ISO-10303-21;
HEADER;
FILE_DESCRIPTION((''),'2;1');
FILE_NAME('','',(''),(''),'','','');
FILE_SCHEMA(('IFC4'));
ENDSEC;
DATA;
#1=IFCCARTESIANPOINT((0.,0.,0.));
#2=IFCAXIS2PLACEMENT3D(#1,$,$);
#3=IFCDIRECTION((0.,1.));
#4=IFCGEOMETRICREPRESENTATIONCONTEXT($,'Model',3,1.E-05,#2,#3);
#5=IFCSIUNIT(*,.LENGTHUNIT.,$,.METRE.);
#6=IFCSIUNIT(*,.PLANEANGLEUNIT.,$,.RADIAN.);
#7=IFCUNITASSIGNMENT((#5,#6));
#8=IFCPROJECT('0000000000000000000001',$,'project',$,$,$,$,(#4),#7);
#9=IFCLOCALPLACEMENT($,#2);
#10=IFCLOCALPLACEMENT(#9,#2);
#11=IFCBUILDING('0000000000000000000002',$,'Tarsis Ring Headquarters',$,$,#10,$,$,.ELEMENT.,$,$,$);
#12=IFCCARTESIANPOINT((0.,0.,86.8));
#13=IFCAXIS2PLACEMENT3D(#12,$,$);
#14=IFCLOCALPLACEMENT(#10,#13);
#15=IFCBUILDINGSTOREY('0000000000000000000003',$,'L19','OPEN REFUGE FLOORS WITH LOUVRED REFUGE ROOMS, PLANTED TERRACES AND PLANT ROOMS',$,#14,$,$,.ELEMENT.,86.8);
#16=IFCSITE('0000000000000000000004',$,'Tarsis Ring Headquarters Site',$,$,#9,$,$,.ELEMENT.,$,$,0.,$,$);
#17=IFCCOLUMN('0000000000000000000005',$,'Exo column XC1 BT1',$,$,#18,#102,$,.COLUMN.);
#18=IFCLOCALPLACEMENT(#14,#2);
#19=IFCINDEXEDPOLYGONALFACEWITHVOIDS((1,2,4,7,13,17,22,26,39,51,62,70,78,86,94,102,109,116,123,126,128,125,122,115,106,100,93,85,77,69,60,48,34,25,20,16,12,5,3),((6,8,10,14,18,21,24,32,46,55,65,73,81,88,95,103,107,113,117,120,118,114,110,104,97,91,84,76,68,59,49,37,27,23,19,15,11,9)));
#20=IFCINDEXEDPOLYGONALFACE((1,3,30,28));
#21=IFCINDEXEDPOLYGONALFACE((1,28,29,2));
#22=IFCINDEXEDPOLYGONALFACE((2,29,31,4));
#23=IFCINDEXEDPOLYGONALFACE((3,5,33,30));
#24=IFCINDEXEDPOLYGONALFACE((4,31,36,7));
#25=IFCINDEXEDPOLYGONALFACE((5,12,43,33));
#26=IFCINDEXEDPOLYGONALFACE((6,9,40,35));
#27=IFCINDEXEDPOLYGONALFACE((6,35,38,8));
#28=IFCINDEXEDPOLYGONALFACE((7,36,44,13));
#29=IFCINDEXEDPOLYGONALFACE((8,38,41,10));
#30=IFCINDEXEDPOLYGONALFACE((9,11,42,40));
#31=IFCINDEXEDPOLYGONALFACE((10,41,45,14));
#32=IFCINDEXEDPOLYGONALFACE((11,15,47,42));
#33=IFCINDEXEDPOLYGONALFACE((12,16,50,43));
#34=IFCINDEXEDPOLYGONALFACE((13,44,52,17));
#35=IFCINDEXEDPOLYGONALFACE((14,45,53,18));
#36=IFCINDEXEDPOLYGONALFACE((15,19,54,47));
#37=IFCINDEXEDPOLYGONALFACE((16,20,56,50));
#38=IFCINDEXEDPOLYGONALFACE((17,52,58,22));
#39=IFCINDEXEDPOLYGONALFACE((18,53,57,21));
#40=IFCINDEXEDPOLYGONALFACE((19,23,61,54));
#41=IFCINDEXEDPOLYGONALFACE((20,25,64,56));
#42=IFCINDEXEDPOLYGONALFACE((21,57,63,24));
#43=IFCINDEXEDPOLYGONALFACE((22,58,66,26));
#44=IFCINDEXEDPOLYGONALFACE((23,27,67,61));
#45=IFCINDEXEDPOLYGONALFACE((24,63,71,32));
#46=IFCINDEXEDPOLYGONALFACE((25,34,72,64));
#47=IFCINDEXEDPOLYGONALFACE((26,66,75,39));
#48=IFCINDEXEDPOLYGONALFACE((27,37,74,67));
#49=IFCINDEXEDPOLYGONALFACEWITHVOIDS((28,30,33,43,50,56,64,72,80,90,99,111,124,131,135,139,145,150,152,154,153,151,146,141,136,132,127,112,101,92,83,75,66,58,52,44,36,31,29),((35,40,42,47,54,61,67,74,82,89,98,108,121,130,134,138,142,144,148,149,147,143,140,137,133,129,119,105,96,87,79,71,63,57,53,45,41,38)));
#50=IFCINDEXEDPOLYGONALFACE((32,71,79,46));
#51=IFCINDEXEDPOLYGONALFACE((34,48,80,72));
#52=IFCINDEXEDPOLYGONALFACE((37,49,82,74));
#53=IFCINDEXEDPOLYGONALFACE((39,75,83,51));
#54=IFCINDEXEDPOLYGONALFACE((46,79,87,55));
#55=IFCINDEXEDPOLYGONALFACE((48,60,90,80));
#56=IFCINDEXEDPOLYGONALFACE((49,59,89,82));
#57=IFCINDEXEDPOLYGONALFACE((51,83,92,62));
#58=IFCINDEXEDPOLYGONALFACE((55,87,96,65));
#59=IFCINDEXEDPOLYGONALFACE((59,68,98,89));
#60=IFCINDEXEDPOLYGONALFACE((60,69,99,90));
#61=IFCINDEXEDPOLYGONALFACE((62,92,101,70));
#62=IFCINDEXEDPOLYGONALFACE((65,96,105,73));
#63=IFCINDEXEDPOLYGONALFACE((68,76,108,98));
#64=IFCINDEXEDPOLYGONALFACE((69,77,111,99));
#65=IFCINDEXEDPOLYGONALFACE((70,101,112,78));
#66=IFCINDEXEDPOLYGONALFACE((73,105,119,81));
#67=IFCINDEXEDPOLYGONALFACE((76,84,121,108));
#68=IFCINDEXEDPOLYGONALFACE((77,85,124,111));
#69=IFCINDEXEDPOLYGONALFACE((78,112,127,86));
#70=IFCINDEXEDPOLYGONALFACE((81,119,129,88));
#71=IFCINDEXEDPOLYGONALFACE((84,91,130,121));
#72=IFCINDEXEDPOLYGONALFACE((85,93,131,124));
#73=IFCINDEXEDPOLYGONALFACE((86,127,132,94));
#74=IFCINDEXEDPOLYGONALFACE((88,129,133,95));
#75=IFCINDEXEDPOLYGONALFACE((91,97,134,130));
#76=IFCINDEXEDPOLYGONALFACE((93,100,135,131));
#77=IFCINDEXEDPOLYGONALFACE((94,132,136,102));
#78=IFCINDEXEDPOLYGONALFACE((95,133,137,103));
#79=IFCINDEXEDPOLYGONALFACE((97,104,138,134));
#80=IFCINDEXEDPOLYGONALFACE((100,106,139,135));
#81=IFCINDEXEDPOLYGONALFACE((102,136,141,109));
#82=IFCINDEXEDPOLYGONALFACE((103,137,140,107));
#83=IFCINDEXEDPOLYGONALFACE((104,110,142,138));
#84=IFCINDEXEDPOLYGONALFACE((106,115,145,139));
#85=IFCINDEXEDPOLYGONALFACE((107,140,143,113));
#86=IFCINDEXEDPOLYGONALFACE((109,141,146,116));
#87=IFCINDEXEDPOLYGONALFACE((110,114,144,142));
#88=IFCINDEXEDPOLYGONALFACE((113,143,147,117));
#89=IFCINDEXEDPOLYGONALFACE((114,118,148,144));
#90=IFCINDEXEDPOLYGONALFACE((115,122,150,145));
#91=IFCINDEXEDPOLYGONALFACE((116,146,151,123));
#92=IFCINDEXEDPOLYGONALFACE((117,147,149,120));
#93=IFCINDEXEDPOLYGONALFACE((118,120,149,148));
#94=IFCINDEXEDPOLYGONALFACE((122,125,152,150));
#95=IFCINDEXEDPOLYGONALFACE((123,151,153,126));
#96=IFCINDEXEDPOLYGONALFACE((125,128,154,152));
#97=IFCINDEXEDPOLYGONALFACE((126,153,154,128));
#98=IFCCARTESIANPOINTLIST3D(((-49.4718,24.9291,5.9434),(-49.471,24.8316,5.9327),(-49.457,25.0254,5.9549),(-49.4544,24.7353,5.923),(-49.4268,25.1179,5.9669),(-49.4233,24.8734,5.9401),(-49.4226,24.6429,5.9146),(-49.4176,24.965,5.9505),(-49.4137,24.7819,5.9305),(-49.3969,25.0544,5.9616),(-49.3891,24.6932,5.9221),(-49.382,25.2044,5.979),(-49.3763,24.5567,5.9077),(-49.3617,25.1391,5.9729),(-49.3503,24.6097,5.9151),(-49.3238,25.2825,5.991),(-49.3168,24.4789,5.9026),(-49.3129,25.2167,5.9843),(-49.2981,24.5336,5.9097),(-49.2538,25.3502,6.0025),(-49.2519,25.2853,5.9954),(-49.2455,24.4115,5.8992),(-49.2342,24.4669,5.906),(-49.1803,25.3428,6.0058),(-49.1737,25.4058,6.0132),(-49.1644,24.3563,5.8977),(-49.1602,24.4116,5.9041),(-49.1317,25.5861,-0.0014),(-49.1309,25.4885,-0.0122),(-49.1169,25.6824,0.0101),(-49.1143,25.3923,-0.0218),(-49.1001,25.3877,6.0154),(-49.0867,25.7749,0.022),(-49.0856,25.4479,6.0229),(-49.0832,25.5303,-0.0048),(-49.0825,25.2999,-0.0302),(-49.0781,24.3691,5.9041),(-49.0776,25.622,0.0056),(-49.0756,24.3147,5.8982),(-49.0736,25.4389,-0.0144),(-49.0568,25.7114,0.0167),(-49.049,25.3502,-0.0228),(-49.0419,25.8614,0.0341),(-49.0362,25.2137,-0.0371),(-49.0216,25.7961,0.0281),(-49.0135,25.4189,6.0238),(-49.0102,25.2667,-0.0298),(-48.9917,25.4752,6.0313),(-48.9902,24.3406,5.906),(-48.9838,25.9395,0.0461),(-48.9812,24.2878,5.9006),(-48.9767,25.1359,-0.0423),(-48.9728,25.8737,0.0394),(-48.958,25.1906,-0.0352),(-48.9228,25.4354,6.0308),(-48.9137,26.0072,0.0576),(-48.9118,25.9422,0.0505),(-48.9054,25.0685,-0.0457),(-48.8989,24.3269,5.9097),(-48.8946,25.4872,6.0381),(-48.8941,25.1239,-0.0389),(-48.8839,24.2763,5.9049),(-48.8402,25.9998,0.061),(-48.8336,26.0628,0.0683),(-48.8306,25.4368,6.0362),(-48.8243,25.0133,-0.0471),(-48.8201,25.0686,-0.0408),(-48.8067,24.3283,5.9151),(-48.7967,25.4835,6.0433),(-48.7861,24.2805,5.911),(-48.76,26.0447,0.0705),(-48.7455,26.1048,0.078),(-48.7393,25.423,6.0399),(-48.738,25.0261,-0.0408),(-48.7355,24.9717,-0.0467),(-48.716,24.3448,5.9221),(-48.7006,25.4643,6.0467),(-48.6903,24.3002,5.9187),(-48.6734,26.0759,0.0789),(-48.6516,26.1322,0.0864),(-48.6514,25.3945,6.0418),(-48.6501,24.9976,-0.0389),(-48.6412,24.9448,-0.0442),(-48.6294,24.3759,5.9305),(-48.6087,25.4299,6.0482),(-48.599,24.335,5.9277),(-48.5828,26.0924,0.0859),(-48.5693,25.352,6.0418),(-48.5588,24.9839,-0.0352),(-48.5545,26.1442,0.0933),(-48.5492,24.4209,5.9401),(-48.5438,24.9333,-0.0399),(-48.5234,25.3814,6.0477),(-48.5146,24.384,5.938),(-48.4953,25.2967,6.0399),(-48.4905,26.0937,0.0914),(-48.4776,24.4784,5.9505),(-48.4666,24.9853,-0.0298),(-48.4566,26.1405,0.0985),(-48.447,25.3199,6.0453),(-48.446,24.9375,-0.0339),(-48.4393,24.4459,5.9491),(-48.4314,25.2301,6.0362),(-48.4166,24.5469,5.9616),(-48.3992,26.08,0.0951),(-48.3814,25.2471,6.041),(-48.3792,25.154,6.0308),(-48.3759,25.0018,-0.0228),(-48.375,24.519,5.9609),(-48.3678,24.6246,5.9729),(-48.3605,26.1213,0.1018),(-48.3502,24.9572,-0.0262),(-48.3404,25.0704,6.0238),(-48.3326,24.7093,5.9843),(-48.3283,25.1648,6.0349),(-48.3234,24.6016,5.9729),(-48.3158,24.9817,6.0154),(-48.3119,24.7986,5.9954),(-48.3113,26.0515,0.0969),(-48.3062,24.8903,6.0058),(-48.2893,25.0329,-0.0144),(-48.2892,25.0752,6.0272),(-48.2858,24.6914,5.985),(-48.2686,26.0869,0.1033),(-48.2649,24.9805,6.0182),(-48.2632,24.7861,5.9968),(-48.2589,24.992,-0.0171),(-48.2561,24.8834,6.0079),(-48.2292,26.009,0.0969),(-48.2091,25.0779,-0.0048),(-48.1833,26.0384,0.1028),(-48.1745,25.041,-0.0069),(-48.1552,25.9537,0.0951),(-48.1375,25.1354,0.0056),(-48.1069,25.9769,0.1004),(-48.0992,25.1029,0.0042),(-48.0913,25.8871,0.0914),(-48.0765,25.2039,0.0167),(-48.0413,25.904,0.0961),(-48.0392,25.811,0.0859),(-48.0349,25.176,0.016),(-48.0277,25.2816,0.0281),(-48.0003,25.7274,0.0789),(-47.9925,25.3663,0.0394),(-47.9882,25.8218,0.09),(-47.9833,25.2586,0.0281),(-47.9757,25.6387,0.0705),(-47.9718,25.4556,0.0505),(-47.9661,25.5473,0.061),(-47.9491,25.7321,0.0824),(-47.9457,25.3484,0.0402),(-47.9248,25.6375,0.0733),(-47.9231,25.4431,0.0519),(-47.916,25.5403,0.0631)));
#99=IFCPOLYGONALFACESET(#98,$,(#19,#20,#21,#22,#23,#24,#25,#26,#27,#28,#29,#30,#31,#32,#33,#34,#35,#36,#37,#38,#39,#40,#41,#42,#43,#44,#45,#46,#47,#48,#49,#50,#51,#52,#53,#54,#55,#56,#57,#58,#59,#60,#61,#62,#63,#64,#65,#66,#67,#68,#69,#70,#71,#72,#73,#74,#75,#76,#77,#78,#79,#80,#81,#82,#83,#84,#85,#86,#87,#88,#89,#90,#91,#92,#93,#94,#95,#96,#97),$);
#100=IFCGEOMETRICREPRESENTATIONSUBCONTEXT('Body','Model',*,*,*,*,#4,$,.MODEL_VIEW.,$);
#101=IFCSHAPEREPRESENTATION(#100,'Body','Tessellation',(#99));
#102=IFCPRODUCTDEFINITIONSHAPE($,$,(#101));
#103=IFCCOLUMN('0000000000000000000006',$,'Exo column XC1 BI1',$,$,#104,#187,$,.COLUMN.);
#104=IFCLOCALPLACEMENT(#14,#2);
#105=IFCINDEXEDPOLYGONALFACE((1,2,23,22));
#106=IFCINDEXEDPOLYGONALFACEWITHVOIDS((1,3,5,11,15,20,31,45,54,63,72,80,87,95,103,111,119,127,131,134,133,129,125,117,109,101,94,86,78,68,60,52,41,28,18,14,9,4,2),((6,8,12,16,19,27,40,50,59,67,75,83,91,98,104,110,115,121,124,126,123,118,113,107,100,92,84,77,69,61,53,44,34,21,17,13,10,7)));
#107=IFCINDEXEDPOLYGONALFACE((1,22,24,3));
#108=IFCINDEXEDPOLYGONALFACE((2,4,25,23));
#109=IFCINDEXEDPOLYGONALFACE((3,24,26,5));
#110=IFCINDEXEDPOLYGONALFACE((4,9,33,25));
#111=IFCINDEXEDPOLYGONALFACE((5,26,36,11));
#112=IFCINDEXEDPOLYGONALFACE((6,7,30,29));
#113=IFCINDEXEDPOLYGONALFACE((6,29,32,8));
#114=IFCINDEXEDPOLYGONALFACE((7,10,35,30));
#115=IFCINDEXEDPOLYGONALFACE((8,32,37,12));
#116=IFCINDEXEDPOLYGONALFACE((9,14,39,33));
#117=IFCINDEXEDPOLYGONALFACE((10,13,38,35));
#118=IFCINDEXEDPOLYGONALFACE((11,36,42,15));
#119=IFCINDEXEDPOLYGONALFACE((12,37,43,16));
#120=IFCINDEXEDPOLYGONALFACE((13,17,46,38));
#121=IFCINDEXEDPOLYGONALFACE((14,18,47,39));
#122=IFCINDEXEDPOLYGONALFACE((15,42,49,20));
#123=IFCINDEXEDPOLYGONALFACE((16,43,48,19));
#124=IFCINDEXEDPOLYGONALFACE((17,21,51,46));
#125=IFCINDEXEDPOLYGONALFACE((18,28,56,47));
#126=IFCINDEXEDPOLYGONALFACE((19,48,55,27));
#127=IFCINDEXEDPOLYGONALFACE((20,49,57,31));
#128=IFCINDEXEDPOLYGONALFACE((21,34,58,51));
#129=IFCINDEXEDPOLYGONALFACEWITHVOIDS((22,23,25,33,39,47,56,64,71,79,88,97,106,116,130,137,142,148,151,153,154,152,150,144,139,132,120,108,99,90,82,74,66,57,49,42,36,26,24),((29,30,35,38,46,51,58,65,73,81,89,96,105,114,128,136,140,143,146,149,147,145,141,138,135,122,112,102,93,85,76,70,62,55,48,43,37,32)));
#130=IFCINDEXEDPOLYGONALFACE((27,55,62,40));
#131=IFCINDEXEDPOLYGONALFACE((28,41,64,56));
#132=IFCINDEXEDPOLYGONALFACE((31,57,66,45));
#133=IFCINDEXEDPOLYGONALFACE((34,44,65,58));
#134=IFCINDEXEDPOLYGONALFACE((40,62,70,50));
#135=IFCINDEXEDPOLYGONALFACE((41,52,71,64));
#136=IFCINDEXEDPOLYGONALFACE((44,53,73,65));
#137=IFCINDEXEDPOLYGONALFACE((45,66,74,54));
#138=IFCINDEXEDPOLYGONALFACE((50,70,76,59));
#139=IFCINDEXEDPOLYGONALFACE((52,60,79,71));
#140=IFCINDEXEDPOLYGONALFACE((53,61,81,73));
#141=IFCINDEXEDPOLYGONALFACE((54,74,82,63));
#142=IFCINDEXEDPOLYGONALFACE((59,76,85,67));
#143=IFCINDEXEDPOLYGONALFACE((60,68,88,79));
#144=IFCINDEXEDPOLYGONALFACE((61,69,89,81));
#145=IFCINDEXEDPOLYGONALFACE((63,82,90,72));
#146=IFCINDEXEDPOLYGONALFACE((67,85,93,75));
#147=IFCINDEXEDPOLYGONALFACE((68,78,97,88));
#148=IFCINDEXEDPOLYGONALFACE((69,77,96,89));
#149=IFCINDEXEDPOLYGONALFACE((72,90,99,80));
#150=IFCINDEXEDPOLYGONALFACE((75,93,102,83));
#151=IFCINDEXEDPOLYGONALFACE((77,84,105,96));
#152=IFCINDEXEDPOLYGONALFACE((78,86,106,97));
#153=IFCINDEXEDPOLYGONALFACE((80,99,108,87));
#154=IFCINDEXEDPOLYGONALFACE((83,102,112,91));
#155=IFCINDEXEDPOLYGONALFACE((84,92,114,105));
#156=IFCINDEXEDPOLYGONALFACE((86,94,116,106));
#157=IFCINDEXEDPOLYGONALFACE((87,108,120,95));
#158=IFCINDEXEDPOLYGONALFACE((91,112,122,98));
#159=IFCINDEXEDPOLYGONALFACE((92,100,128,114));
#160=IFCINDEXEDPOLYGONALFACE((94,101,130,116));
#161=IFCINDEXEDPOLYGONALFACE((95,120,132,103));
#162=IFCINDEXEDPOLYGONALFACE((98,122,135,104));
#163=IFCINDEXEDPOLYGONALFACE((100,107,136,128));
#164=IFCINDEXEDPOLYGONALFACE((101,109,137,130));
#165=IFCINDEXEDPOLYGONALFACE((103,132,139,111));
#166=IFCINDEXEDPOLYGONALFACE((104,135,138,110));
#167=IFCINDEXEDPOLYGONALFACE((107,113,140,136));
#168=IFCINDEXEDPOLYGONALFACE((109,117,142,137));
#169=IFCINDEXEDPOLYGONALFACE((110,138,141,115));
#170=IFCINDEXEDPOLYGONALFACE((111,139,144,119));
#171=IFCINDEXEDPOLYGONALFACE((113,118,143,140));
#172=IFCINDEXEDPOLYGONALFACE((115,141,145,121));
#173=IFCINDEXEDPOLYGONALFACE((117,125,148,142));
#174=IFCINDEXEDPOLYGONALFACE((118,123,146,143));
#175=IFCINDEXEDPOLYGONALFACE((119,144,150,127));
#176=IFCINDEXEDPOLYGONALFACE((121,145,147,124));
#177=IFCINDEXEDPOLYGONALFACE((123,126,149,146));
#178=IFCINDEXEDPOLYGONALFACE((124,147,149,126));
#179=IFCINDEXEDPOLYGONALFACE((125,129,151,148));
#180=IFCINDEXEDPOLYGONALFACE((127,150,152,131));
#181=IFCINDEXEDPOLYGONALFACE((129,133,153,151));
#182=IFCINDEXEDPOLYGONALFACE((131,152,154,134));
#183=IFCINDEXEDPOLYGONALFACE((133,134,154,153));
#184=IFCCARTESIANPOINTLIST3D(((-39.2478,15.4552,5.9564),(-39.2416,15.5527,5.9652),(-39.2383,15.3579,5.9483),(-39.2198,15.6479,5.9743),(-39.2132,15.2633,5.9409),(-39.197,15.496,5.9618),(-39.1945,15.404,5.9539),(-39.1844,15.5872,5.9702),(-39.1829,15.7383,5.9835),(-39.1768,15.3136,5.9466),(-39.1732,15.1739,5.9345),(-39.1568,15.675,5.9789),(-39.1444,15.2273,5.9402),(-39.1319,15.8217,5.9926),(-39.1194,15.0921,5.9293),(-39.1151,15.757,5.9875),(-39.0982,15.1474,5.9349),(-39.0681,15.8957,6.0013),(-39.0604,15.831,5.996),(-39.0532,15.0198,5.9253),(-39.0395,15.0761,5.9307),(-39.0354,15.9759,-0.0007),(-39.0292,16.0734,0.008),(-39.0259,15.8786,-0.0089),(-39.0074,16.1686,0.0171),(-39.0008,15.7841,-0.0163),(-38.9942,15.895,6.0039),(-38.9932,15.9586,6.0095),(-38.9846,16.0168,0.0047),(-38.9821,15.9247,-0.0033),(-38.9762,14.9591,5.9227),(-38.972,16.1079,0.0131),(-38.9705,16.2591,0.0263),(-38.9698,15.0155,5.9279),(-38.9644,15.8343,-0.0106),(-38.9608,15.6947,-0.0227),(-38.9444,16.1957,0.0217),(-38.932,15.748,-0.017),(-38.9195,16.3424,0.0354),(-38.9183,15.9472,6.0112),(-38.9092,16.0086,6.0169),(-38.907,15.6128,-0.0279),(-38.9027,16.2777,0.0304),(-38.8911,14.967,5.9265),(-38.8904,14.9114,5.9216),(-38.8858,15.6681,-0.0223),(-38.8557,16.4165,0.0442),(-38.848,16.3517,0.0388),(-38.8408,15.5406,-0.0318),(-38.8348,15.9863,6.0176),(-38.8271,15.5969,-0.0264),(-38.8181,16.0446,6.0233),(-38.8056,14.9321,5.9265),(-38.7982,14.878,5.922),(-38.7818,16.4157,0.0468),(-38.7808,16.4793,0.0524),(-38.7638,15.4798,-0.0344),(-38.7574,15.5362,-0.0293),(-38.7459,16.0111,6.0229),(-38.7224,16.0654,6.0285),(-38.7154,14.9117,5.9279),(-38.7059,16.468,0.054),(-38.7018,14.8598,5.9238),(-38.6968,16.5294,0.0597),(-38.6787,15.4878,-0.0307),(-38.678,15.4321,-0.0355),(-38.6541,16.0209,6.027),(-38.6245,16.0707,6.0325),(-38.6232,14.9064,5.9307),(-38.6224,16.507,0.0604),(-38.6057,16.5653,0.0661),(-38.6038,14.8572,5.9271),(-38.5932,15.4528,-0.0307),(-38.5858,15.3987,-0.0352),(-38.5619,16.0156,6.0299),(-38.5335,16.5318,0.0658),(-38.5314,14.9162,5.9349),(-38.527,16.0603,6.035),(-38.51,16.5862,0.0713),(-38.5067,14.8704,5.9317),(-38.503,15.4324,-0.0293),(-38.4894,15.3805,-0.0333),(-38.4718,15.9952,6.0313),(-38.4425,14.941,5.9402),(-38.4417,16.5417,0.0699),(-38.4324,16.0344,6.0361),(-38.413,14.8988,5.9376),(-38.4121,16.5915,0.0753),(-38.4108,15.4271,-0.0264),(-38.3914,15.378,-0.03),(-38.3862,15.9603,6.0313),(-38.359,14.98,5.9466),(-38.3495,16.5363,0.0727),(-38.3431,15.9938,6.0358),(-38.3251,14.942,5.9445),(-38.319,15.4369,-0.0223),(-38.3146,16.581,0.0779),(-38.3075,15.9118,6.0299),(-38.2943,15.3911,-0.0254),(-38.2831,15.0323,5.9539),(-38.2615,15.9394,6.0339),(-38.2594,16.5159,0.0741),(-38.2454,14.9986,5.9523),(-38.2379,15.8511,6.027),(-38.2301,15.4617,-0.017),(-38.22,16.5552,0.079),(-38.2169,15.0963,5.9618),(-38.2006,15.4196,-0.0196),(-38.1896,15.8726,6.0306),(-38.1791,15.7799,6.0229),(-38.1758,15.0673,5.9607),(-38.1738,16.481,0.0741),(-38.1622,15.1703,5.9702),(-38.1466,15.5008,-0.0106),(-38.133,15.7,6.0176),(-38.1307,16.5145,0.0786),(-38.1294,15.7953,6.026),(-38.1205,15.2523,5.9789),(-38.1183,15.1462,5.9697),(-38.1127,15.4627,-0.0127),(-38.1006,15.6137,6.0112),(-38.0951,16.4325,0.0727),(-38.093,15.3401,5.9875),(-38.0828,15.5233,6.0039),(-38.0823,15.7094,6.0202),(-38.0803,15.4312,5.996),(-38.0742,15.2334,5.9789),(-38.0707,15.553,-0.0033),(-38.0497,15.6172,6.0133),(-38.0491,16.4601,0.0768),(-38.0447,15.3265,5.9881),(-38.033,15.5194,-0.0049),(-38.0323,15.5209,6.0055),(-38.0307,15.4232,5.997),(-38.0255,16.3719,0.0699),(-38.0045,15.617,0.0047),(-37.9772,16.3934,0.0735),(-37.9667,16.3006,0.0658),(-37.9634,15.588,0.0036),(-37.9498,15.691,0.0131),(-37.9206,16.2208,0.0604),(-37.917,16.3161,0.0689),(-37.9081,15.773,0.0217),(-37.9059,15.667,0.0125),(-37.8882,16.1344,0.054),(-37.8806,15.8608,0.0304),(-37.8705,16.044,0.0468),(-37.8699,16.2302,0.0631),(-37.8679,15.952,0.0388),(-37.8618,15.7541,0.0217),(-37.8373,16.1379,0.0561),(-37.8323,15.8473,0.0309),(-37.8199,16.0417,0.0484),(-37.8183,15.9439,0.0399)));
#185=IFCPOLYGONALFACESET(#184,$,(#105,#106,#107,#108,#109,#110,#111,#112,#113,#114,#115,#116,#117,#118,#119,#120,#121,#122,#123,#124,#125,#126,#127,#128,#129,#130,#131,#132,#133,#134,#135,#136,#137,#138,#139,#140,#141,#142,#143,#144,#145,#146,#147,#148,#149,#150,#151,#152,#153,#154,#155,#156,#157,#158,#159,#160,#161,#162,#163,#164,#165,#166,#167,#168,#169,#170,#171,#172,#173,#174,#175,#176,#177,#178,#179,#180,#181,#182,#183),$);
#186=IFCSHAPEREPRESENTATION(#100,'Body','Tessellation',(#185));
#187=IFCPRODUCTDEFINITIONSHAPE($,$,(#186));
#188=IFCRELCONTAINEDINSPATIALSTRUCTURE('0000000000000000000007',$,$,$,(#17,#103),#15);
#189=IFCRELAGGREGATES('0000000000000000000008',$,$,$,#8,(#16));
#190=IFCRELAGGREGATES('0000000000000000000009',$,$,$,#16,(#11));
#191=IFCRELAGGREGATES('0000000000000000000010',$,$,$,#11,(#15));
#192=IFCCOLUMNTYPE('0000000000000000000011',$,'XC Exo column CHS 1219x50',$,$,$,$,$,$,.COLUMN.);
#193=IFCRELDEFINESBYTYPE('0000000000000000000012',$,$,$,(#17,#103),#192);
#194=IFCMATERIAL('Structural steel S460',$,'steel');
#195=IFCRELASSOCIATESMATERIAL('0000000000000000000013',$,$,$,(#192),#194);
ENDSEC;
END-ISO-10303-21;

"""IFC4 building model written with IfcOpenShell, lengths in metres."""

from ifc_helpers import new_model, si_unit, direction, frame, origin, origin_2d, place, context, subcontext, project, spatial, hollow_circle, extrude, material, material_profile, profile_set, type_object, element, save


model = new_model("IFC4")

# Units and contexts
model_context = context("Model", 3, precision=1e-05, world=origin(), true_north=direction((0.0, 1.0)))
body_context = subcontext(model_context, "Body", "Model", "MODEL_VIEW")
ifc_project = project(units=[si_unit("LENGTHUNIT", "METRE"), si_unit("PLANEANGLEUNIT", "RADIAN")], contexts=[model_context])

# Site, building, storey
site_placement = place(None, origin())
site = spatial("IfcSite", under=ifc_project, at=site_placement, Name="Tarsis Ring Headquarters Site", CompositionType="ELEMENT", RefElevation=0.0)
building_placement = place(site_placement, origin())
building = spatial("IfcBuilding", under=site, at=building_placement, Name="Tarsis Ring Headquarters", CompositionType="ELEMENT")
storey_placement = place(building_placement, frame((0.0, 0.0, 86.8)))
storey = spatial("IfcBuildingStorey", under=building, at=storey_placement, Name="L19", Description="OPEN REFUGE FLOORS WITH LOUVRED REFUGE ROOMS, PLANTED TERRACES AND PLANT ROOMS", CompositionType="ELEMENT", Elevation=86.8)

# Columns
ifc_material_1 = material(Name="Structural steel S460", Category="steel")
ifc_material_profile_1 = material_profile(ifc_material_1, hollow_circle(Radius=0.6096, WallThickness=0.05, at=origin_2d()), Name="CHS 1219x50")
ifc_profile_set_1 = profile_set([ifc_material_profile_1], Name="Structural steel S460")
column_type = type_object("IfcColumnType", Name="XC Exo column CHS 1219x50", PredefinedType="COLUMN", material=ifc_profile_set_1)
column_1_placement = place(storey_placement, frame((-48.5247, 25.5388, 0.0281), z_axis=(-0.05677, -0.109667, 0.992346), x_axis=(0.888069, -0.45971, 0.0)))
element("IfcColumn", 1, at=column_1_placement, inside=storey, type_object=column_type, Name="Exo column XC1 BT1", PredefinedType="COLUMN", context=body_context, shape_type="SweptSolid", body=[
    extrude(hollow_circle(Radius=0.6096, WallThickness=0.05, at=origin_2d()), origin(), (0.0, 0.0, 1.0), 5.9907),
])
column_2_placement = place(storey_placement, frame((-38.4263, 15.9844, 0.0217), z_axis=(-0.035496, -0.087027, 0.995573), x_axis=(0.925941, -0.377669, 0.0)))
element("IfcColumn", 2, at=column_2_placement, inside=storey, type_object=column_type, Name="Exo column XC1 BI1", PredefinedType="COLUMN", context=body_context, shape_type="SweptSolid", body=[
    extrude(hollow_circle(Radius=0.6096, WallThickness=0.05, at=origin_2d()), origin(), (0.0, 0.0, 1.0), 5.9836),
])

save(model, "model.ifc")
